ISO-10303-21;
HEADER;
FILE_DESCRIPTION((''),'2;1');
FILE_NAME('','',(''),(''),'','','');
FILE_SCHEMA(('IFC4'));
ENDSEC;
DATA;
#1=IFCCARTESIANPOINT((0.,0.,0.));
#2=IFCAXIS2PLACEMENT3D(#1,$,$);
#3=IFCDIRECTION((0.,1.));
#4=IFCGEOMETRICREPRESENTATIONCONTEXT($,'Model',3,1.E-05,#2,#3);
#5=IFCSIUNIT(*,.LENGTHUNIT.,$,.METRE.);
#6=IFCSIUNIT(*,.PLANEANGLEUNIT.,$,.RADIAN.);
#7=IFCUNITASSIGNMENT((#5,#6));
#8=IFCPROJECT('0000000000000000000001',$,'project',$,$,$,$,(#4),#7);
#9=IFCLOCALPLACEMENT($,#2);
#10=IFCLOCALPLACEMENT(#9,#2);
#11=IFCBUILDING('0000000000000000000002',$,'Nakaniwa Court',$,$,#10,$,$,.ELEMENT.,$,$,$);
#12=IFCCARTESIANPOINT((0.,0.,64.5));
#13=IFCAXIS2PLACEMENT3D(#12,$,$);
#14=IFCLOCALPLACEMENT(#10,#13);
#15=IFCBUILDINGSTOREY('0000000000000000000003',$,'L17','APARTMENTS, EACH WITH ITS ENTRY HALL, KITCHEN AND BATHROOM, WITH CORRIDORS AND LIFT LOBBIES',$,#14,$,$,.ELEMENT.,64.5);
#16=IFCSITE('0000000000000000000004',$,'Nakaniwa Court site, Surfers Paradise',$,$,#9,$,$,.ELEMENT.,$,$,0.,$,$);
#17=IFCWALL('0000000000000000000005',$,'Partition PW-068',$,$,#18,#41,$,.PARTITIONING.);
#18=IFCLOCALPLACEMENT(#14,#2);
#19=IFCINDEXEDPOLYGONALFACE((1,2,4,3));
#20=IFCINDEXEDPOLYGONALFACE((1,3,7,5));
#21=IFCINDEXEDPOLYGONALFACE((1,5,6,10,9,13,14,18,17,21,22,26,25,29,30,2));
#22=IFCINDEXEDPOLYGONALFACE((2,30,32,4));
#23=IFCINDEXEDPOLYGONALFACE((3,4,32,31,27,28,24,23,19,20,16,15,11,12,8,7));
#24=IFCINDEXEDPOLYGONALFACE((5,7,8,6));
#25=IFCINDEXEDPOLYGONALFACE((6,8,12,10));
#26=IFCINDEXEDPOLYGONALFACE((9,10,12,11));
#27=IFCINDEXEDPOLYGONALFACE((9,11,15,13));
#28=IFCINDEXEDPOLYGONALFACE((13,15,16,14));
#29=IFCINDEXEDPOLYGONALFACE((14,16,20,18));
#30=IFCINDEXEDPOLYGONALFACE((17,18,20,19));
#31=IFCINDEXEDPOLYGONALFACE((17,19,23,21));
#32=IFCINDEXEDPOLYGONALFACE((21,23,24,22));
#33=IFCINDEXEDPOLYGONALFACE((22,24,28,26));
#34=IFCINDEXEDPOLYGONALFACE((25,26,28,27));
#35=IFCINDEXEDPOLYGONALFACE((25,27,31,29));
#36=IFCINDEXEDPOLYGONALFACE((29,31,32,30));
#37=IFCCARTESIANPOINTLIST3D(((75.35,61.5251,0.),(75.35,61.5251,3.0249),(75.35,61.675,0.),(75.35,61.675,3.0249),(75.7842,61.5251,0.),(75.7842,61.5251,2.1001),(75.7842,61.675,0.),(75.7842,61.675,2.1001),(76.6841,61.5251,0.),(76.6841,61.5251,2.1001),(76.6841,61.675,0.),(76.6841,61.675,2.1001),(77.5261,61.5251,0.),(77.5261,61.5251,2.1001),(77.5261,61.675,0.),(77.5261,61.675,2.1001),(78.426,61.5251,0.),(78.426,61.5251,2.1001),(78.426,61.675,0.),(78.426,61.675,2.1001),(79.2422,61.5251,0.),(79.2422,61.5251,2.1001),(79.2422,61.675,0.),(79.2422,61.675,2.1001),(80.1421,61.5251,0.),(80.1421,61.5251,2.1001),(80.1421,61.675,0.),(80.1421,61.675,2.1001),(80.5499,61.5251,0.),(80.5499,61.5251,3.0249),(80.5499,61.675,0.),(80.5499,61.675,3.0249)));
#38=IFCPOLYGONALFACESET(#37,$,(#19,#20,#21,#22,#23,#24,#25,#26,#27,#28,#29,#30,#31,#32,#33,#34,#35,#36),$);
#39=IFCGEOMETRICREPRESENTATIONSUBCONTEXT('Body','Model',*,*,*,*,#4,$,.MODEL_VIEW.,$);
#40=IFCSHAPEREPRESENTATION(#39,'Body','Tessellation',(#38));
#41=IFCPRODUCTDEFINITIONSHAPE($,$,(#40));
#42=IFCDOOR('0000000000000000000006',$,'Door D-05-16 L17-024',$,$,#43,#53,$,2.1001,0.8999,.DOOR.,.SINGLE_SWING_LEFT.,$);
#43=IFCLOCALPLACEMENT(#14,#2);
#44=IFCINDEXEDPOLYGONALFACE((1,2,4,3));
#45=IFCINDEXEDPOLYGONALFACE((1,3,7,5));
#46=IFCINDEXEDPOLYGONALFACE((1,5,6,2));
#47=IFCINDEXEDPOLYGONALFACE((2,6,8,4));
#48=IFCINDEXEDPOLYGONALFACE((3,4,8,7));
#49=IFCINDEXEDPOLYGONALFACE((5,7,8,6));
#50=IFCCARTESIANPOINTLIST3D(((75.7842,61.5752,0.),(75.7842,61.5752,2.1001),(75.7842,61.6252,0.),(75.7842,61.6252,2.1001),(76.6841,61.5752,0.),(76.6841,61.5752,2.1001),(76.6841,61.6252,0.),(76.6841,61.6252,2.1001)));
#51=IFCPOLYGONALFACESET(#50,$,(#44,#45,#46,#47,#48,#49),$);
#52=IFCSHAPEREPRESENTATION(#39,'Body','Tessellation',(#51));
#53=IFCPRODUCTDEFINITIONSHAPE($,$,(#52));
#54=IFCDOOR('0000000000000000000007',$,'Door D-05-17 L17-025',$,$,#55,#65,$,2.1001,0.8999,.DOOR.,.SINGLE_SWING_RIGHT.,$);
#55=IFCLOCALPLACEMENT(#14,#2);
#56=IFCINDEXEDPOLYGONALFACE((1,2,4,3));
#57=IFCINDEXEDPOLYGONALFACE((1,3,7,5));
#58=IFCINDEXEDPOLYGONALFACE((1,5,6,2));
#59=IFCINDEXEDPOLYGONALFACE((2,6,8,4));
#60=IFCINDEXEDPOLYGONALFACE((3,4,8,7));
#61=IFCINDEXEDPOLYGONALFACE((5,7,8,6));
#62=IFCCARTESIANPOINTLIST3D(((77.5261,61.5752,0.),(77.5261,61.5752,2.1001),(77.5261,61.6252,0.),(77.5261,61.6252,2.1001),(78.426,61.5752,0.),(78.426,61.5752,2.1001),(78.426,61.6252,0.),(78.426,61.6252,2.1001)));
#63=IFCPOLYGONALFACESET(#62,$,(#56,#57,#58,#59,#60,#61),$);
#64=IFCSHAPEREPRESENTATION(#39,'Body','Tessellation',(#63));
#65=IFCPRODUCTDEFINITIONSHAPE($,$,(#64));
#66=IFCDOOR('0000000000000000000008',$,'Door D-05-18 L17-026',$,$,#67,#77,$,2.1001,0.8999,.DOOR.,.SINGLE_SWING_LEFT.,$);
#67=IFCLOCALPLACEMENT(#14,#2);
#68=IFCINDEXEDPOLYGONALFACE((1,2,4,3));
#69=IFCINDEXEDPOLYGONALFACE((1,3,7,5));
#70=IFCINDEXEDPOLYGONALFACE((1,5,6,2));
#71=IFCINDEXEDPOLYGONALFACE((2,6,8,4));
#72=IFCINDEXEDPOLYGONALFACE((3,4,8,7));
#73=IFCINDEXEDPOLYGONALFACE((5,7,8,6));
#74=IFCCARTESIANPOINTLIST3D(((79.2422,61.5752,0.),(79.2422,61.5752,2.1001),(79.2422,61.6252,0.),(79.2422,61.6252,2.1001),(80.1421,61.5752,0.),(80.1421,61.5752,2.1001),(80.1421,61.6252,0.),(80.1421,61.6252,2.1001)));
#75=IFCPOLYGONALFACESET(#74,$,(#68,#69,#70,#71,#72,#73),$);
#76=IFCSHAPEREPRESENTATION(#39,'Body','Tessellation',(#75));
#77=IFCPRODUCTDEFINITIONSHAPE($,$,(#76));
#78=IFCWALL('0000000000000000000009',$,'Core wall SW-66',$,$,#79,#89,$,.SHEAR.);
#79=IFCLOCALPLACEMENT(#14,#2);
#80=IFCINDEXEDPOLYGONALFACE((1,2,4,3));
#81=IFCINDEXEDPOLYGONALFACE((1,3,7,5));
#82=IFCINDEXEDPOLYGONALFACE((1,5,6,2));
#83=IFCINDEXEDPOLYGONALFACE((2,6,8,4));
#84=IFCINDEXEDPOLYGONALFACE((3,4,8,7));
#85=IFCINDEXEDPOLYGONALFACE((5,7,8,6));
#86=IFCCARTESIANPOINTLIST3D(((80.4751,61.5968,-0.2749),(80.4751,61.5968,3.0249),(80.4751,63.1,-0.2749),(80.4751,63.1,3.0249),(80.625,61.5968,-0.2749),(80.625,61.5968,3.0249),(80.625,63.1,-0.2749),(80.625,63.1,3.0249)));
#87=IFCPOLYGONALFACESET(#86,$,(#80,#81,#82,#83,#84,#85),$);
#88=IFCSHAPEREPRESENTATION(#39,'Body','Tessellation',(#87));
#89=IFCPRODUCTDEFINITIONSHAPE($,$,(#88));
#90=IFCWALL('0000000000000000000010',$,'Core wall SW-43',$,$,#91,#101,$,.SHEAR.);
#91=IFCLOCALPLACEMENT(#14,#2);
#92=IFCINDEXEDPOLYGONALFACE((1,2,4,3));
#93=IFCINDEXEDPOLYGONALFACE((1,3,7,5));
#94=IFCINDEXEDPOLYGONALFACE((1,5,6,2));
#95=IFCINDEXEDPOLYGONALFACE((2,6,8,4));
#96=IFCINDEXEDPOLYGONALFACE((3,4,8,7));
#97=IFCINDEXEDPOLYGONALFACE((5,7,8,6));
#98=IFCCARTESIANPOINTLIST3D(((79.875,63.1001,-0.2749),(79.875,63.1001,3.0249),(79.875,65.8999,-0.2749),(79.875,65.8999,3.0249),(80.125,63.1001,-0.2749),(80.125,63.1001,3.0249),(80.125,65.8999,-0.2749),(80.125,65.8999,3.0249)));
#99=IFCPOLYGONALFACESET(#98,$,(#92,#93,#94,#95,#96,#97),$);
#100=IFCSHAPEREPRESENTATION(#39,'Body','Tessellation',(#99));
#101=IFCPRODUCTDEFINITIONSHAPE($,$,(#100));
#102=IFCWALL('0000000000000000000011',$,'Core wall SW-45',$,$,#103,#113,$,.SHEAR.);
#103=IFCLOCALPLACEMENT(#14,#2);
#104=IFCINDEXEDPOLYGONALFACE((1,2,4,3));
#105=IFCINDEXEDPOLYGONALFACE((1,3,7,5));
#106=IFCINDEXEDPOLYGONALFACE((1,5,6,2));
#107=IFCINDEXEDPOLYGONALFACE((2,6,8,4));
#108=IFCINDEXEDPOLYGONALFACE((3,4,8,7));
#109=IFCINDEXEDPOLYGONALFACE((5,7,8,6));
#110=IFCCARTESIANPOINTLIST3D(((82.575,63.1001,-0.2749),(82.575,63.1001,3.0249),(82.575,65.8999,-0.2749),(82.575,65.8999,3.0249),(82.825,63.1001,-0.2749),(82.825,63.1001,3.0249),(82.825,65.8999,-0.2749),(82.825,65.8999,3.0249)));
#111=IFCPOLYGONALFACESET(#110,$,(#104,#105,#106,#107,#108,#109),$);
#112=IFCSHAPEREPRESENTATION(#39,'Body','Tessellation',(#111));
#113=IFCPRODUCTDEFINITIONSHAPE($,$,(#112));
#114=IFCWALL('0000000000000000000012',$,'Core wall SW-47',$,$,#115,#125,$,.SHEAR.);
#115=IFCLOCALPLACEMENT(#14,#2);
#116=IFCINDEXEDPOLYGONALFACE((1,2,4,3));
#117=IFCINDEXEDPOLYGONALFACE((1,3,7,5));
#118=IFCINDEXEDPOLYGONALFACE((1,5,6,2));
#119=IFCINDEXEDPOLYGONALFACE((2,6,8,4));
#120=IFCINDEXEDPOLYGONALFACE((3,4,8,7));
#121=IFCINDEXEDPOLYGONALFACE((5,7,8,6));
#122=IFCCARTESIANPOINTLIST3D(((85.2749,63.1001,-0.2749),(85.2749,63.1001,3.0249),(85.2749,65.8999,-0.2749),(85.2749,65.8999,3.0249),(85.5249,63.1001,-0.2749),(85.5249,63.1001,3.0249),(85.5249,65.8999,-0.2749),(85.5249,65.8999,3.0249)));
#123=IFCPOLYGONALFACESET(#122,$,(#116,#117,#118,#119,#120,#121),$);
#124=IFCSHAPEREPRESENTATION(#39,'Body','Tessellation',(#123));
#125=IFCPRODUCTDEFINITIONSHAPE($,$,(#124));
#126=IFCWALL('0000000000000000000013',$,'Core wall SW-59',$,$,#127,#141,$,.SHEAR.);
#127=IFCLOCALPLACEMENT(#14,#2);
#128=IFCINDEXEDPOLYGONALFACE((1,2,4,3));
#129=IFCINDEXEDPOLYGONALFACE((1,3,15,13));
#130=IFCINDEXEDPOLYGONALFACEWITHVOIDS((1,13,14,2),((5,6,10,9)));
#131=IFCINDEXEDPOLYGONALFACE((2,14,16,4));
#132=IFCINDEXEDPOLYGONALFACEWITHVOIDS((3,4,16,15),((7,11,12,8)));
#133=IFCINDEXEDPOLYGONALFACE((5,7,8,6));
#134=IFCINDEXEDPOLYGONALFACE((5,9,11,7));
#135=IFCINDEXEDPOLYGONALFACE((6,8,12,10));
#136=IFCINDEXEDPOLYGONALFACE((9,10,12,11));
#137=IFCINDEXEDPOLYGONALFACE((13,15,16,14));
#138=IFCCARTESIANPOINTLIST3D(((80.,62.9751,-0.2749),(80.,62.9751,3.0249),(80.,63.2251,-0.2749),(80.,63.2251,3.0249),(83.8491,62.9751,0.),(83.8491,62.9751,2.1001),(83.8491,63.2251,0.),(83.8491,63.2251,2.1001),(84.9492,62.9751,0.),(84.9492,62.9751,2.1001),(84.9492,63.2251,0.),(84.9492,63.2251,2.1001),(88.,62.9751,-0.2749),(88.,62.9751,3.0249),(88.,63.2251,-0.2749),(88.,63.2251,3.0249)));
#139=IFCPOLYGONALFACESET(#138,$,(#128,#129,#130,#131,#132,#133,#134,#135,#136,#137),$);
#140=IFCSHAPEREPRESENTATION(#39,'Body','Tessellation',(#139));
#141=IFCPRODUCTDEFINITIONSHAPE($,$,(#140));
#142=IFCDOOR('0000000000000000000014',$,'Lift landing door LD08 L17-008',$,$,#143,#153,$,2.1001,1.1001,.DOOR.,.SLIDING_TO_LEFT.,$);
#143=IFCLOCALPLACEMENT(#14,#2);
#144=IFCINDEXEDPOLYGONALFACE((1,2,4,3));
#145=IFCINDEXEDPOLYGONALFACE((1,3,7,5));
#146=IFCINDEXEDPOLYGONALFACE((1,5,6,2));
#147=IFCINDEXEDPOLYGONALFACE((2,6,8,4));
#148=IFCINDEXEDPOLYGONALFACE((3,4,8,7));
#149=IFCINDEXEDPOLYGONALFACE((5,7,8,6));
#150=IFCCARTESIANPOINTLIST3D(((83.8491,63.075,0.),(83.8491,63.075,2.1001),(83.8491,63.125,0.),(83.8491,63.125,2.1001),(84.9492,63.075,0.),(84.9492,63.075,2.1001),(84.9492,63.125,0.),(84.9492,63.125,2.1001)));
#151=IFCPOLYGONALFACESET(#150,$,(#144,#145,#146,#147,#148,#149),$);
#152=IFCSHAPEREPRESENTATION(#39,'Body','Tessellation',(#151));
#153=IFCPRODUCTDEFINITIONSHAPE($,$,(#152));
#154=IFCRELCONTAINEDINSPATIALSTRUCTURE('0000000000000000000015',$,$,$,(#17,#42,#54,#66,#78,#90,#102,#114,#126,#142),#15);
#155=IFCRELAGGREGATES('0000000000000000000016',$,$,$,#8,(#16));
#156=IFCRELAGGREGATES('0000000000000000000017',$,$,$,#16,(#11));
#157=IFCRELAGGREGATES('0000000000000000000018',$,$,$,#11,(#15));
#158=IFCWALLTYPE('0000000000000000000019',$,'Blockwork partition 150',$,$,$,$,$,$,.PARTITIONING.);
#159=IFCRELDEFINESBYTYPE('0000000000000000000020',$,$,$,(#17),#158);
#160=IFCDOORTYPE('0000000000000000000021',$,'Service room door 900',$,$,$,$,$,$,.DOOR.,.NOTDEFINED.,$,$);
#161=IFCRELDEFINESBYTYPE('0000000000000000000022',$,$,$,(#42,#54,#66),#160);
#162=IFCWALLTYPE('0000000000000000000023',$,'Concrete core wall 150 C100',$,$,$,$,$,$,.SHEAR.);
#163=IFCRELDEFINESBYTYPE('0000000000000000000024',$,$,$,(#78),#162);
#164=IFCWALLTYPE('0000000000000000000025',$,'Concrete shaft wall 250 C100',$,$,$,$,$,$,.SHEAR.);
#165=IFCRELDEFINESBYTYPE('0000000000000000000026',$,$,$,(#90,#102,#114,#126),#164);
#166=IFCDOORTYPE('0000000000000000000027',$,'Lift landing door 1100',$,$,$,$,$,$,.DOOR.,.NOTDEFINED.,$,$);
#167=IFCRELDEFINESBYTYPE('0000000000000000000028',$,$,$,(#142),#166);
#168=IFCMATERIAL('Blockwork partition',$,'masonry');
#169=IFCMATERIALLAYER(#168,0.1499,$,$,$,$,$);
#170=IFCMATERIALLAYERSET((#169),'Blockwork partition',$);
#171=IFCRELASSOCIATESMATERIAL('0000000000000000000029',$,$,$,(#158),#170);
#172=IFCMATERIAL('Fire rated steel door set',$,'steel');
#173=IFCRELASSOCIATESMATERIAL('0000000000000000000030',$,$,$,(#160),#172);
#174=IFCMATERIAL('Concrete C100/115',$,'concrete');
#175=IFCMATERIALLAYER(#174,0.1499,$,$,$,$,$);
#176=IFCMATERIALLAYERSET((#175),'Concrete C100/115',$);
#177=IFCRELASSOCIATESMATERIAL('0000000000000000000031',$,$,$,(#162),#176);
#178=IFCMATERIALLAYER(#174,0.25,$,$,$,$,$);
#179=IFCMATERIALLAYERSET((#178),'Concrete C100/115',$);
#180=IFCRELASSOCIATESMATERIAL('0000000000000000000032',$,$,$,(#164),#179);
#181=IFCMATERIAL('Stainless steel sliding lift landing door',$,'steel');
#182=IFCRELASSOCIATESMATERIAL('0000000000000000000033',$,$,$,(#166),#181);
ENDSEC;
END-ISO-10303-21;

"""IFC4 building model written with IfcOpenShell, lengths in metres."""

from ifc_helpers import new_model, si_unit, direction, frame, frame_2d, origin, place, context, subcontext, project, spatial, rectangle, extrude, material, layer, layer_set, type_object, element, fill, save


model = new_model("IFC4")

# Units and contexts
model_context = context("Model", 3, precision=1e-05, world=origin(), true_north=direction((0.0, 1.0)))
body_context = subcontext(model_context, "Body", "Model", "MODEL_VIEW")
ifc_project = project(units=[si_unit("LENGTHUNIT", "METRE"), si_unit("PLANEANGLEUNIT", "RADIAN")], contexts=[model_context])

# Site, building, storey
site_placement = place(None, origin())
site = spatial("IfcSite", under=ifc_project, at=site_placement, Name="Nakaniwa Court site, Surfers Paradise", CompositionType="ELEMENT", RefElevation=0.0)
building_placement = place(site_placement, origin())
building = spatial("IfcBuilding", under=site, at=building_placement, Name="Nakaniwa Court", CompositionType="ELEMENT")
storey_placement = place(building_placement, frame((0.0, 0.0, 64.5)))
storey = spatial("IfcBuildingStorey", under=building, at=storey_placement, Name="L17", Description="APARTMENTS, EACH WITH ITS ENTRY HALL, KITCHEN AND BATHROOM, WITH CORRIDORS AND LIFT LOBBIES", CompositionType="ELEMENT", Elevation=64.5)

# Shared definitions
ifc_material_1 = material(Name="Blockwork partition", Category="masonry")
ifc_layer_1 = layer(ifc_material_1, 0.1499)
ifc_layer_set_1 = layer_set([ifc_layer_1], Name="Blockwork partition")
wall_type_1 = type_object("IfcWallType", Name="Blockwork partition 150", PredefinedType="PARTITIONING", material=ifc_layer_set_1)
ifc_material_2 = material(Name="Fire rated steel door set", Category="steel")

# Wall, openings, doors
wall_1_placement = place(storey_placement, frame((80.55, 61.6001, 0.0), z_axis=(0.0, 0.0, 1.0), x_axis=(-1.0, 0.0, 0.0)))
wall_1 = element("IfcWall", 1, at=wall_1_placement, inside=storey, type_object=wall_type_1, Name="Partition PW-068", PredefinedType="PARTITIONING", context=body_context, shape_type="SweptSolid", body=[
    extrude(rectangle(XDim=5.2, YDim=0.1499, at=frame_2d((2.6001, 0.0))), origin(), (0.0, 0.0, 1.0), 3.0249),
])
opening_1_placement = place(wall_1_placement, frame((3.866, 0.0, 0.0)))
opening_1 = element("IfcOpeningElement", 2, at=opening_1_placement, cuts=wall_1, PredefinedType="OPENING", context=body_context, shape_type="SweptSolid", body=[
    extrude(rectangle(XDim=0.8999, YDim=2.1001, at=frame_2d((0.45, 1.05))), frame((0.0, 0.085, 0.0), z_axis=(0.0, -1.0, 0.0), x_axis=(1.0, 0.0, 0.0)), (0.0, 0.0, 1.0), 0.1699),
])
opening_2_placement = place(wall_1_placement, frame((2.124, 0.0, 0.0)))
opening_2 = element("IfcOpeningElement", 3, at=opening_2_placement, cuts=wall_1, PredefinedType="OPENING", context=body_context, shape_type="SweptSolid", body=[
    extrude(rectangle(XDim=0.8999, YDim=2.1001, at=frame_2d((0.45, 1.05))), frame((0.0, 0.085, 0.0), z_axis=(0.0, -1.0, 0.0), x_axis=(1.0, 0.0, 0.0)), (0.0, 0.0, 1.0), 0.1699),
])
opening_3_placement = place(wall_1_placement, frame((0.408, 0.0, 0.0)))
opening_3 = element("IfcOpeningElement", 4, at=opening_3_placement, cuts=wall_1, PredefinedType="OPENING", context=body_context, shape_type="SweptSolid", body=[
    extrude(rectangle(XDim=0.8999, YDim=2.1001, at=frame_2d((0.45, 1.05))), frame((0.0, 0.085, 0.0), z_axis=(0.0, -1.0, 0.0), x_axis=(1.0, 0.0, 0.0)), (0.0, 0.0, 1.0), 0.1699),
])
door_type_1 = type_object("IfcDoorType", Name="Service room door 900", OperationType="NOTDEFINED", PredefinedType="DOOR", material=ifc_material_2)
door_1_placement = place(opening_1_placement, origin())
door_1 = element("IfcDoor", 5, at=door_1_placement, inside=storey, type_object=door_type_1, Name="Door D-05-16 L17-024", OperationType="SINGLE_SWING_LEFT", OverallHeight=2.1001, OverallWidth=0.8999, PredefinedType="DOOR", context=body_context, shape_type="SweptSolid", body=[
    extrude(rectangle(XDim=0.8999, YDim=2.1001, at=frame_2d((0.45, 1.05))), frame((0.0, 0.0249, 0.0), z_axis=(0.0, -1.0, 0.0), x_axis=(1.0, 0.0, 0.0)), (0.0, 0.0, 1.0), 0.05),
])
fill(opening_1, door_1)
door_2_placement = place(opening_2_placement, origin())
door_2 = element("IfcDoor", 6, at=door_2_placement, inside=storey, type_object=door_type_1, Name="Door D-05-17 L17-025", OperationType="SINGLE_SWING_RIGHT", OverallHeight=2.1001, OverallWidth=0.8999, PredefinedType="DOOR", context=body_context, shape_type="SweptSolid", body=[
    extrude(rectangle(XDim=0.8999, YDim=2.1001, at=frame_2d((0.45, 1.05))), frame((0.0, 0.0249, 0.0), z_axis=(0.0, -1.0, 0.0), x_axis=(1.0, 0.0, 0.0)), (0.0, 0.0, 1.0), 0.05),
])
fill(opening_2, door_2)
door_3_placement = place(opening_3_placement, origin())
door_3 = element("IfcDoor", 7, at=door_3_placement, inside=storey, type_object=door_type_1, Name="Door D-05-18 L17-026", OperationType="SINGLE_SWING_LEFT", OverallHeight=2.1001, OverallWidth=0.8999, PredefinedType="DOOR", context=body_context, shape_type="SweptSolid", body=[
    extrude(rectangle(XDim=0.8999, YDim=2.1001, at=frame_2d((0.45, 1.05))), frame((0.0, 0.0249, 0.0), z_axis=(0.0, -1.0, 0.0), x_axis=(1.0, 0.0, 0.0)), (0.0, 0.0, 1.0), 0.05),
])
fill(opening_3, door_3)

# Walls
ifc_material_3 = material(Name="Concrete C100/115", Category="concrete")
ifc_layer_2 = layer(ifc_material_3, 0.1499)
ifc_layer_set_2 = layer_set([ifc_layer_2], Name="Concrete C100/115")
wall_type_2 = type_object("IfcWallType", Name="Concrete core wall 150 C100", PredefinedType="SHEAR", material=ifc_layer_set_2)
wall_2_placement = place(storey_placement, frame((80.55, 61.5969, -0.2749), z_axis=(0.0, 0.0, 1.0), x_axis=(0.0, 1.0, 0.0)))
element("IfcWall", 8, at=wall_2_placement, inside=storey, type_object=wall_type_2, Name="Core wall SW-66", PredefinedType="SHEAR", context=body_context, shape_type="SweptSolid", body=[
    extrude(rectangle(XDim=1.5032, YDim=0.1499, at=frame_2d((0.7515, 0.0))), origin(), (0.0, 0.0, 1.0), 3.2998),
])
ifc_layer_3 = layer(ifc_material_3, 0.25)
ifc_layer_set_3 = layer_set([ifc_layer_3], Name="Concrete C100/115")
wall_type_3 = type_object("IfcWallType", Name="Concrete shaft wall 250 C100", PredefinedType="SHEAR", material=ifc_layer_set_3)
for number, where, z_axis, x_axis, name in (
    (9, (80.0, 63.1001, -0.2749), (0.0, 0.0, 1.0), (0.0, 1.0, 0.0), "Core wall SW-43"),
    (10, (82.7, 63.1001, -0.2749), (0.0, 0.0, 1.0), (0.0, 1.0, 0.0), "Core wall SW-45"),
    (11, (85.3999, 63.1001, -0.2749), (0.0, 0.0, 1.0), (0.0, 1.0, 0.0), "Core wall SW-47"),
):
    element("IfcWall", number, at=place(storey_placement, frame(where, z_axis=z_axis, x_axis=x_axis)), inside=storey, type_object=wall_type_3, Name=name, PredefinedType="SHEAR", context=body_context, shape_type="SweptSolid", body=[
        extrude(rectangle(XDim=2.7998, YDim=0.25, at=frame_2d((1.3999, 0.0))), origin(), (0.0, 0.0, 1.0), 3.2998),
    ])

# Wall, opening, door
wall_3_placement = place(storey_placement, frame((80.0, 63.1001, -0.2749), z_axis=(0.0, 0.0, 1.0), x_axis=(1.0, 0.0, 0.0)))
wall_3 = element("IfcWall", 12, at=wall_3_placement, inside=storey, type_object=wall_type_3, Name="Core wall SW-59", PredefinedType="SHEAR", context=body_context, shape_type="SweptSolid", body=[
    extrude(rectangle(XDim=8.0, YDim=0.25, at=frame_2d((4.0, 0.0))), origin(), (0.0, 0.0, 1.0), 3.2998),
])
opening_4_placement = place(wall_3_placement, frame((3.8491, 0.0, 0.2749)))
opening_4 = element("IfcOpeningElement", 13, at=opening_4_placement, cuts=wall_3, PredefinedType="OPENING", context=body_context, shape_type="SweptSolid", body=[
    extrude(rectangle(XDim=1.1001, YDim=2.1001, at=frame_2d((0.55, 1.05))), frame((0.0, 0.135, 0.0), z_axis=(0.0, -1.0, 0.0), x_axis=(1.0, 0.0, 0.0)), (0.0, 0.0, 1.0), 0.27),
])
ifc_material_4 = material(Name="Stainless steel sliding lift landing door", Category="steel")
door_type_2 = type_object("IfcDoorType", Name="Lift landing door 1100", OperationType="NOTDEFINED", PredefinedType="DOOR", material=ifc_material_4)
door_4_placement = place(opening_4_placement, origin())
door_4 = element("IfcDoor", 14, at=door_4_placement, inside=storey, type_object=door_type_2, Name="Lift landing door LD08 L17-008", OperationType="SLIDING_TO_LEFT", OverallHeight=2.1001, OverallWidth=1.1001, PredefinedType="DOOR", context=body_context, shape_type="SweptSolid", body=[
    extrude(rectangle(XDim=1.1001, YDim=2.1001, at=frame_2d((0.55, 1.05))), frame((0.0, 0.0249, 0.0), z_axis=(0.0, -1.0, 0.0), x_axis=(1.0, 0.0, 0.0)), (0.0, 0.0, 1.0), 0.05),
])
fill(opening_4, door_4)

save(model, "model.ifc")
